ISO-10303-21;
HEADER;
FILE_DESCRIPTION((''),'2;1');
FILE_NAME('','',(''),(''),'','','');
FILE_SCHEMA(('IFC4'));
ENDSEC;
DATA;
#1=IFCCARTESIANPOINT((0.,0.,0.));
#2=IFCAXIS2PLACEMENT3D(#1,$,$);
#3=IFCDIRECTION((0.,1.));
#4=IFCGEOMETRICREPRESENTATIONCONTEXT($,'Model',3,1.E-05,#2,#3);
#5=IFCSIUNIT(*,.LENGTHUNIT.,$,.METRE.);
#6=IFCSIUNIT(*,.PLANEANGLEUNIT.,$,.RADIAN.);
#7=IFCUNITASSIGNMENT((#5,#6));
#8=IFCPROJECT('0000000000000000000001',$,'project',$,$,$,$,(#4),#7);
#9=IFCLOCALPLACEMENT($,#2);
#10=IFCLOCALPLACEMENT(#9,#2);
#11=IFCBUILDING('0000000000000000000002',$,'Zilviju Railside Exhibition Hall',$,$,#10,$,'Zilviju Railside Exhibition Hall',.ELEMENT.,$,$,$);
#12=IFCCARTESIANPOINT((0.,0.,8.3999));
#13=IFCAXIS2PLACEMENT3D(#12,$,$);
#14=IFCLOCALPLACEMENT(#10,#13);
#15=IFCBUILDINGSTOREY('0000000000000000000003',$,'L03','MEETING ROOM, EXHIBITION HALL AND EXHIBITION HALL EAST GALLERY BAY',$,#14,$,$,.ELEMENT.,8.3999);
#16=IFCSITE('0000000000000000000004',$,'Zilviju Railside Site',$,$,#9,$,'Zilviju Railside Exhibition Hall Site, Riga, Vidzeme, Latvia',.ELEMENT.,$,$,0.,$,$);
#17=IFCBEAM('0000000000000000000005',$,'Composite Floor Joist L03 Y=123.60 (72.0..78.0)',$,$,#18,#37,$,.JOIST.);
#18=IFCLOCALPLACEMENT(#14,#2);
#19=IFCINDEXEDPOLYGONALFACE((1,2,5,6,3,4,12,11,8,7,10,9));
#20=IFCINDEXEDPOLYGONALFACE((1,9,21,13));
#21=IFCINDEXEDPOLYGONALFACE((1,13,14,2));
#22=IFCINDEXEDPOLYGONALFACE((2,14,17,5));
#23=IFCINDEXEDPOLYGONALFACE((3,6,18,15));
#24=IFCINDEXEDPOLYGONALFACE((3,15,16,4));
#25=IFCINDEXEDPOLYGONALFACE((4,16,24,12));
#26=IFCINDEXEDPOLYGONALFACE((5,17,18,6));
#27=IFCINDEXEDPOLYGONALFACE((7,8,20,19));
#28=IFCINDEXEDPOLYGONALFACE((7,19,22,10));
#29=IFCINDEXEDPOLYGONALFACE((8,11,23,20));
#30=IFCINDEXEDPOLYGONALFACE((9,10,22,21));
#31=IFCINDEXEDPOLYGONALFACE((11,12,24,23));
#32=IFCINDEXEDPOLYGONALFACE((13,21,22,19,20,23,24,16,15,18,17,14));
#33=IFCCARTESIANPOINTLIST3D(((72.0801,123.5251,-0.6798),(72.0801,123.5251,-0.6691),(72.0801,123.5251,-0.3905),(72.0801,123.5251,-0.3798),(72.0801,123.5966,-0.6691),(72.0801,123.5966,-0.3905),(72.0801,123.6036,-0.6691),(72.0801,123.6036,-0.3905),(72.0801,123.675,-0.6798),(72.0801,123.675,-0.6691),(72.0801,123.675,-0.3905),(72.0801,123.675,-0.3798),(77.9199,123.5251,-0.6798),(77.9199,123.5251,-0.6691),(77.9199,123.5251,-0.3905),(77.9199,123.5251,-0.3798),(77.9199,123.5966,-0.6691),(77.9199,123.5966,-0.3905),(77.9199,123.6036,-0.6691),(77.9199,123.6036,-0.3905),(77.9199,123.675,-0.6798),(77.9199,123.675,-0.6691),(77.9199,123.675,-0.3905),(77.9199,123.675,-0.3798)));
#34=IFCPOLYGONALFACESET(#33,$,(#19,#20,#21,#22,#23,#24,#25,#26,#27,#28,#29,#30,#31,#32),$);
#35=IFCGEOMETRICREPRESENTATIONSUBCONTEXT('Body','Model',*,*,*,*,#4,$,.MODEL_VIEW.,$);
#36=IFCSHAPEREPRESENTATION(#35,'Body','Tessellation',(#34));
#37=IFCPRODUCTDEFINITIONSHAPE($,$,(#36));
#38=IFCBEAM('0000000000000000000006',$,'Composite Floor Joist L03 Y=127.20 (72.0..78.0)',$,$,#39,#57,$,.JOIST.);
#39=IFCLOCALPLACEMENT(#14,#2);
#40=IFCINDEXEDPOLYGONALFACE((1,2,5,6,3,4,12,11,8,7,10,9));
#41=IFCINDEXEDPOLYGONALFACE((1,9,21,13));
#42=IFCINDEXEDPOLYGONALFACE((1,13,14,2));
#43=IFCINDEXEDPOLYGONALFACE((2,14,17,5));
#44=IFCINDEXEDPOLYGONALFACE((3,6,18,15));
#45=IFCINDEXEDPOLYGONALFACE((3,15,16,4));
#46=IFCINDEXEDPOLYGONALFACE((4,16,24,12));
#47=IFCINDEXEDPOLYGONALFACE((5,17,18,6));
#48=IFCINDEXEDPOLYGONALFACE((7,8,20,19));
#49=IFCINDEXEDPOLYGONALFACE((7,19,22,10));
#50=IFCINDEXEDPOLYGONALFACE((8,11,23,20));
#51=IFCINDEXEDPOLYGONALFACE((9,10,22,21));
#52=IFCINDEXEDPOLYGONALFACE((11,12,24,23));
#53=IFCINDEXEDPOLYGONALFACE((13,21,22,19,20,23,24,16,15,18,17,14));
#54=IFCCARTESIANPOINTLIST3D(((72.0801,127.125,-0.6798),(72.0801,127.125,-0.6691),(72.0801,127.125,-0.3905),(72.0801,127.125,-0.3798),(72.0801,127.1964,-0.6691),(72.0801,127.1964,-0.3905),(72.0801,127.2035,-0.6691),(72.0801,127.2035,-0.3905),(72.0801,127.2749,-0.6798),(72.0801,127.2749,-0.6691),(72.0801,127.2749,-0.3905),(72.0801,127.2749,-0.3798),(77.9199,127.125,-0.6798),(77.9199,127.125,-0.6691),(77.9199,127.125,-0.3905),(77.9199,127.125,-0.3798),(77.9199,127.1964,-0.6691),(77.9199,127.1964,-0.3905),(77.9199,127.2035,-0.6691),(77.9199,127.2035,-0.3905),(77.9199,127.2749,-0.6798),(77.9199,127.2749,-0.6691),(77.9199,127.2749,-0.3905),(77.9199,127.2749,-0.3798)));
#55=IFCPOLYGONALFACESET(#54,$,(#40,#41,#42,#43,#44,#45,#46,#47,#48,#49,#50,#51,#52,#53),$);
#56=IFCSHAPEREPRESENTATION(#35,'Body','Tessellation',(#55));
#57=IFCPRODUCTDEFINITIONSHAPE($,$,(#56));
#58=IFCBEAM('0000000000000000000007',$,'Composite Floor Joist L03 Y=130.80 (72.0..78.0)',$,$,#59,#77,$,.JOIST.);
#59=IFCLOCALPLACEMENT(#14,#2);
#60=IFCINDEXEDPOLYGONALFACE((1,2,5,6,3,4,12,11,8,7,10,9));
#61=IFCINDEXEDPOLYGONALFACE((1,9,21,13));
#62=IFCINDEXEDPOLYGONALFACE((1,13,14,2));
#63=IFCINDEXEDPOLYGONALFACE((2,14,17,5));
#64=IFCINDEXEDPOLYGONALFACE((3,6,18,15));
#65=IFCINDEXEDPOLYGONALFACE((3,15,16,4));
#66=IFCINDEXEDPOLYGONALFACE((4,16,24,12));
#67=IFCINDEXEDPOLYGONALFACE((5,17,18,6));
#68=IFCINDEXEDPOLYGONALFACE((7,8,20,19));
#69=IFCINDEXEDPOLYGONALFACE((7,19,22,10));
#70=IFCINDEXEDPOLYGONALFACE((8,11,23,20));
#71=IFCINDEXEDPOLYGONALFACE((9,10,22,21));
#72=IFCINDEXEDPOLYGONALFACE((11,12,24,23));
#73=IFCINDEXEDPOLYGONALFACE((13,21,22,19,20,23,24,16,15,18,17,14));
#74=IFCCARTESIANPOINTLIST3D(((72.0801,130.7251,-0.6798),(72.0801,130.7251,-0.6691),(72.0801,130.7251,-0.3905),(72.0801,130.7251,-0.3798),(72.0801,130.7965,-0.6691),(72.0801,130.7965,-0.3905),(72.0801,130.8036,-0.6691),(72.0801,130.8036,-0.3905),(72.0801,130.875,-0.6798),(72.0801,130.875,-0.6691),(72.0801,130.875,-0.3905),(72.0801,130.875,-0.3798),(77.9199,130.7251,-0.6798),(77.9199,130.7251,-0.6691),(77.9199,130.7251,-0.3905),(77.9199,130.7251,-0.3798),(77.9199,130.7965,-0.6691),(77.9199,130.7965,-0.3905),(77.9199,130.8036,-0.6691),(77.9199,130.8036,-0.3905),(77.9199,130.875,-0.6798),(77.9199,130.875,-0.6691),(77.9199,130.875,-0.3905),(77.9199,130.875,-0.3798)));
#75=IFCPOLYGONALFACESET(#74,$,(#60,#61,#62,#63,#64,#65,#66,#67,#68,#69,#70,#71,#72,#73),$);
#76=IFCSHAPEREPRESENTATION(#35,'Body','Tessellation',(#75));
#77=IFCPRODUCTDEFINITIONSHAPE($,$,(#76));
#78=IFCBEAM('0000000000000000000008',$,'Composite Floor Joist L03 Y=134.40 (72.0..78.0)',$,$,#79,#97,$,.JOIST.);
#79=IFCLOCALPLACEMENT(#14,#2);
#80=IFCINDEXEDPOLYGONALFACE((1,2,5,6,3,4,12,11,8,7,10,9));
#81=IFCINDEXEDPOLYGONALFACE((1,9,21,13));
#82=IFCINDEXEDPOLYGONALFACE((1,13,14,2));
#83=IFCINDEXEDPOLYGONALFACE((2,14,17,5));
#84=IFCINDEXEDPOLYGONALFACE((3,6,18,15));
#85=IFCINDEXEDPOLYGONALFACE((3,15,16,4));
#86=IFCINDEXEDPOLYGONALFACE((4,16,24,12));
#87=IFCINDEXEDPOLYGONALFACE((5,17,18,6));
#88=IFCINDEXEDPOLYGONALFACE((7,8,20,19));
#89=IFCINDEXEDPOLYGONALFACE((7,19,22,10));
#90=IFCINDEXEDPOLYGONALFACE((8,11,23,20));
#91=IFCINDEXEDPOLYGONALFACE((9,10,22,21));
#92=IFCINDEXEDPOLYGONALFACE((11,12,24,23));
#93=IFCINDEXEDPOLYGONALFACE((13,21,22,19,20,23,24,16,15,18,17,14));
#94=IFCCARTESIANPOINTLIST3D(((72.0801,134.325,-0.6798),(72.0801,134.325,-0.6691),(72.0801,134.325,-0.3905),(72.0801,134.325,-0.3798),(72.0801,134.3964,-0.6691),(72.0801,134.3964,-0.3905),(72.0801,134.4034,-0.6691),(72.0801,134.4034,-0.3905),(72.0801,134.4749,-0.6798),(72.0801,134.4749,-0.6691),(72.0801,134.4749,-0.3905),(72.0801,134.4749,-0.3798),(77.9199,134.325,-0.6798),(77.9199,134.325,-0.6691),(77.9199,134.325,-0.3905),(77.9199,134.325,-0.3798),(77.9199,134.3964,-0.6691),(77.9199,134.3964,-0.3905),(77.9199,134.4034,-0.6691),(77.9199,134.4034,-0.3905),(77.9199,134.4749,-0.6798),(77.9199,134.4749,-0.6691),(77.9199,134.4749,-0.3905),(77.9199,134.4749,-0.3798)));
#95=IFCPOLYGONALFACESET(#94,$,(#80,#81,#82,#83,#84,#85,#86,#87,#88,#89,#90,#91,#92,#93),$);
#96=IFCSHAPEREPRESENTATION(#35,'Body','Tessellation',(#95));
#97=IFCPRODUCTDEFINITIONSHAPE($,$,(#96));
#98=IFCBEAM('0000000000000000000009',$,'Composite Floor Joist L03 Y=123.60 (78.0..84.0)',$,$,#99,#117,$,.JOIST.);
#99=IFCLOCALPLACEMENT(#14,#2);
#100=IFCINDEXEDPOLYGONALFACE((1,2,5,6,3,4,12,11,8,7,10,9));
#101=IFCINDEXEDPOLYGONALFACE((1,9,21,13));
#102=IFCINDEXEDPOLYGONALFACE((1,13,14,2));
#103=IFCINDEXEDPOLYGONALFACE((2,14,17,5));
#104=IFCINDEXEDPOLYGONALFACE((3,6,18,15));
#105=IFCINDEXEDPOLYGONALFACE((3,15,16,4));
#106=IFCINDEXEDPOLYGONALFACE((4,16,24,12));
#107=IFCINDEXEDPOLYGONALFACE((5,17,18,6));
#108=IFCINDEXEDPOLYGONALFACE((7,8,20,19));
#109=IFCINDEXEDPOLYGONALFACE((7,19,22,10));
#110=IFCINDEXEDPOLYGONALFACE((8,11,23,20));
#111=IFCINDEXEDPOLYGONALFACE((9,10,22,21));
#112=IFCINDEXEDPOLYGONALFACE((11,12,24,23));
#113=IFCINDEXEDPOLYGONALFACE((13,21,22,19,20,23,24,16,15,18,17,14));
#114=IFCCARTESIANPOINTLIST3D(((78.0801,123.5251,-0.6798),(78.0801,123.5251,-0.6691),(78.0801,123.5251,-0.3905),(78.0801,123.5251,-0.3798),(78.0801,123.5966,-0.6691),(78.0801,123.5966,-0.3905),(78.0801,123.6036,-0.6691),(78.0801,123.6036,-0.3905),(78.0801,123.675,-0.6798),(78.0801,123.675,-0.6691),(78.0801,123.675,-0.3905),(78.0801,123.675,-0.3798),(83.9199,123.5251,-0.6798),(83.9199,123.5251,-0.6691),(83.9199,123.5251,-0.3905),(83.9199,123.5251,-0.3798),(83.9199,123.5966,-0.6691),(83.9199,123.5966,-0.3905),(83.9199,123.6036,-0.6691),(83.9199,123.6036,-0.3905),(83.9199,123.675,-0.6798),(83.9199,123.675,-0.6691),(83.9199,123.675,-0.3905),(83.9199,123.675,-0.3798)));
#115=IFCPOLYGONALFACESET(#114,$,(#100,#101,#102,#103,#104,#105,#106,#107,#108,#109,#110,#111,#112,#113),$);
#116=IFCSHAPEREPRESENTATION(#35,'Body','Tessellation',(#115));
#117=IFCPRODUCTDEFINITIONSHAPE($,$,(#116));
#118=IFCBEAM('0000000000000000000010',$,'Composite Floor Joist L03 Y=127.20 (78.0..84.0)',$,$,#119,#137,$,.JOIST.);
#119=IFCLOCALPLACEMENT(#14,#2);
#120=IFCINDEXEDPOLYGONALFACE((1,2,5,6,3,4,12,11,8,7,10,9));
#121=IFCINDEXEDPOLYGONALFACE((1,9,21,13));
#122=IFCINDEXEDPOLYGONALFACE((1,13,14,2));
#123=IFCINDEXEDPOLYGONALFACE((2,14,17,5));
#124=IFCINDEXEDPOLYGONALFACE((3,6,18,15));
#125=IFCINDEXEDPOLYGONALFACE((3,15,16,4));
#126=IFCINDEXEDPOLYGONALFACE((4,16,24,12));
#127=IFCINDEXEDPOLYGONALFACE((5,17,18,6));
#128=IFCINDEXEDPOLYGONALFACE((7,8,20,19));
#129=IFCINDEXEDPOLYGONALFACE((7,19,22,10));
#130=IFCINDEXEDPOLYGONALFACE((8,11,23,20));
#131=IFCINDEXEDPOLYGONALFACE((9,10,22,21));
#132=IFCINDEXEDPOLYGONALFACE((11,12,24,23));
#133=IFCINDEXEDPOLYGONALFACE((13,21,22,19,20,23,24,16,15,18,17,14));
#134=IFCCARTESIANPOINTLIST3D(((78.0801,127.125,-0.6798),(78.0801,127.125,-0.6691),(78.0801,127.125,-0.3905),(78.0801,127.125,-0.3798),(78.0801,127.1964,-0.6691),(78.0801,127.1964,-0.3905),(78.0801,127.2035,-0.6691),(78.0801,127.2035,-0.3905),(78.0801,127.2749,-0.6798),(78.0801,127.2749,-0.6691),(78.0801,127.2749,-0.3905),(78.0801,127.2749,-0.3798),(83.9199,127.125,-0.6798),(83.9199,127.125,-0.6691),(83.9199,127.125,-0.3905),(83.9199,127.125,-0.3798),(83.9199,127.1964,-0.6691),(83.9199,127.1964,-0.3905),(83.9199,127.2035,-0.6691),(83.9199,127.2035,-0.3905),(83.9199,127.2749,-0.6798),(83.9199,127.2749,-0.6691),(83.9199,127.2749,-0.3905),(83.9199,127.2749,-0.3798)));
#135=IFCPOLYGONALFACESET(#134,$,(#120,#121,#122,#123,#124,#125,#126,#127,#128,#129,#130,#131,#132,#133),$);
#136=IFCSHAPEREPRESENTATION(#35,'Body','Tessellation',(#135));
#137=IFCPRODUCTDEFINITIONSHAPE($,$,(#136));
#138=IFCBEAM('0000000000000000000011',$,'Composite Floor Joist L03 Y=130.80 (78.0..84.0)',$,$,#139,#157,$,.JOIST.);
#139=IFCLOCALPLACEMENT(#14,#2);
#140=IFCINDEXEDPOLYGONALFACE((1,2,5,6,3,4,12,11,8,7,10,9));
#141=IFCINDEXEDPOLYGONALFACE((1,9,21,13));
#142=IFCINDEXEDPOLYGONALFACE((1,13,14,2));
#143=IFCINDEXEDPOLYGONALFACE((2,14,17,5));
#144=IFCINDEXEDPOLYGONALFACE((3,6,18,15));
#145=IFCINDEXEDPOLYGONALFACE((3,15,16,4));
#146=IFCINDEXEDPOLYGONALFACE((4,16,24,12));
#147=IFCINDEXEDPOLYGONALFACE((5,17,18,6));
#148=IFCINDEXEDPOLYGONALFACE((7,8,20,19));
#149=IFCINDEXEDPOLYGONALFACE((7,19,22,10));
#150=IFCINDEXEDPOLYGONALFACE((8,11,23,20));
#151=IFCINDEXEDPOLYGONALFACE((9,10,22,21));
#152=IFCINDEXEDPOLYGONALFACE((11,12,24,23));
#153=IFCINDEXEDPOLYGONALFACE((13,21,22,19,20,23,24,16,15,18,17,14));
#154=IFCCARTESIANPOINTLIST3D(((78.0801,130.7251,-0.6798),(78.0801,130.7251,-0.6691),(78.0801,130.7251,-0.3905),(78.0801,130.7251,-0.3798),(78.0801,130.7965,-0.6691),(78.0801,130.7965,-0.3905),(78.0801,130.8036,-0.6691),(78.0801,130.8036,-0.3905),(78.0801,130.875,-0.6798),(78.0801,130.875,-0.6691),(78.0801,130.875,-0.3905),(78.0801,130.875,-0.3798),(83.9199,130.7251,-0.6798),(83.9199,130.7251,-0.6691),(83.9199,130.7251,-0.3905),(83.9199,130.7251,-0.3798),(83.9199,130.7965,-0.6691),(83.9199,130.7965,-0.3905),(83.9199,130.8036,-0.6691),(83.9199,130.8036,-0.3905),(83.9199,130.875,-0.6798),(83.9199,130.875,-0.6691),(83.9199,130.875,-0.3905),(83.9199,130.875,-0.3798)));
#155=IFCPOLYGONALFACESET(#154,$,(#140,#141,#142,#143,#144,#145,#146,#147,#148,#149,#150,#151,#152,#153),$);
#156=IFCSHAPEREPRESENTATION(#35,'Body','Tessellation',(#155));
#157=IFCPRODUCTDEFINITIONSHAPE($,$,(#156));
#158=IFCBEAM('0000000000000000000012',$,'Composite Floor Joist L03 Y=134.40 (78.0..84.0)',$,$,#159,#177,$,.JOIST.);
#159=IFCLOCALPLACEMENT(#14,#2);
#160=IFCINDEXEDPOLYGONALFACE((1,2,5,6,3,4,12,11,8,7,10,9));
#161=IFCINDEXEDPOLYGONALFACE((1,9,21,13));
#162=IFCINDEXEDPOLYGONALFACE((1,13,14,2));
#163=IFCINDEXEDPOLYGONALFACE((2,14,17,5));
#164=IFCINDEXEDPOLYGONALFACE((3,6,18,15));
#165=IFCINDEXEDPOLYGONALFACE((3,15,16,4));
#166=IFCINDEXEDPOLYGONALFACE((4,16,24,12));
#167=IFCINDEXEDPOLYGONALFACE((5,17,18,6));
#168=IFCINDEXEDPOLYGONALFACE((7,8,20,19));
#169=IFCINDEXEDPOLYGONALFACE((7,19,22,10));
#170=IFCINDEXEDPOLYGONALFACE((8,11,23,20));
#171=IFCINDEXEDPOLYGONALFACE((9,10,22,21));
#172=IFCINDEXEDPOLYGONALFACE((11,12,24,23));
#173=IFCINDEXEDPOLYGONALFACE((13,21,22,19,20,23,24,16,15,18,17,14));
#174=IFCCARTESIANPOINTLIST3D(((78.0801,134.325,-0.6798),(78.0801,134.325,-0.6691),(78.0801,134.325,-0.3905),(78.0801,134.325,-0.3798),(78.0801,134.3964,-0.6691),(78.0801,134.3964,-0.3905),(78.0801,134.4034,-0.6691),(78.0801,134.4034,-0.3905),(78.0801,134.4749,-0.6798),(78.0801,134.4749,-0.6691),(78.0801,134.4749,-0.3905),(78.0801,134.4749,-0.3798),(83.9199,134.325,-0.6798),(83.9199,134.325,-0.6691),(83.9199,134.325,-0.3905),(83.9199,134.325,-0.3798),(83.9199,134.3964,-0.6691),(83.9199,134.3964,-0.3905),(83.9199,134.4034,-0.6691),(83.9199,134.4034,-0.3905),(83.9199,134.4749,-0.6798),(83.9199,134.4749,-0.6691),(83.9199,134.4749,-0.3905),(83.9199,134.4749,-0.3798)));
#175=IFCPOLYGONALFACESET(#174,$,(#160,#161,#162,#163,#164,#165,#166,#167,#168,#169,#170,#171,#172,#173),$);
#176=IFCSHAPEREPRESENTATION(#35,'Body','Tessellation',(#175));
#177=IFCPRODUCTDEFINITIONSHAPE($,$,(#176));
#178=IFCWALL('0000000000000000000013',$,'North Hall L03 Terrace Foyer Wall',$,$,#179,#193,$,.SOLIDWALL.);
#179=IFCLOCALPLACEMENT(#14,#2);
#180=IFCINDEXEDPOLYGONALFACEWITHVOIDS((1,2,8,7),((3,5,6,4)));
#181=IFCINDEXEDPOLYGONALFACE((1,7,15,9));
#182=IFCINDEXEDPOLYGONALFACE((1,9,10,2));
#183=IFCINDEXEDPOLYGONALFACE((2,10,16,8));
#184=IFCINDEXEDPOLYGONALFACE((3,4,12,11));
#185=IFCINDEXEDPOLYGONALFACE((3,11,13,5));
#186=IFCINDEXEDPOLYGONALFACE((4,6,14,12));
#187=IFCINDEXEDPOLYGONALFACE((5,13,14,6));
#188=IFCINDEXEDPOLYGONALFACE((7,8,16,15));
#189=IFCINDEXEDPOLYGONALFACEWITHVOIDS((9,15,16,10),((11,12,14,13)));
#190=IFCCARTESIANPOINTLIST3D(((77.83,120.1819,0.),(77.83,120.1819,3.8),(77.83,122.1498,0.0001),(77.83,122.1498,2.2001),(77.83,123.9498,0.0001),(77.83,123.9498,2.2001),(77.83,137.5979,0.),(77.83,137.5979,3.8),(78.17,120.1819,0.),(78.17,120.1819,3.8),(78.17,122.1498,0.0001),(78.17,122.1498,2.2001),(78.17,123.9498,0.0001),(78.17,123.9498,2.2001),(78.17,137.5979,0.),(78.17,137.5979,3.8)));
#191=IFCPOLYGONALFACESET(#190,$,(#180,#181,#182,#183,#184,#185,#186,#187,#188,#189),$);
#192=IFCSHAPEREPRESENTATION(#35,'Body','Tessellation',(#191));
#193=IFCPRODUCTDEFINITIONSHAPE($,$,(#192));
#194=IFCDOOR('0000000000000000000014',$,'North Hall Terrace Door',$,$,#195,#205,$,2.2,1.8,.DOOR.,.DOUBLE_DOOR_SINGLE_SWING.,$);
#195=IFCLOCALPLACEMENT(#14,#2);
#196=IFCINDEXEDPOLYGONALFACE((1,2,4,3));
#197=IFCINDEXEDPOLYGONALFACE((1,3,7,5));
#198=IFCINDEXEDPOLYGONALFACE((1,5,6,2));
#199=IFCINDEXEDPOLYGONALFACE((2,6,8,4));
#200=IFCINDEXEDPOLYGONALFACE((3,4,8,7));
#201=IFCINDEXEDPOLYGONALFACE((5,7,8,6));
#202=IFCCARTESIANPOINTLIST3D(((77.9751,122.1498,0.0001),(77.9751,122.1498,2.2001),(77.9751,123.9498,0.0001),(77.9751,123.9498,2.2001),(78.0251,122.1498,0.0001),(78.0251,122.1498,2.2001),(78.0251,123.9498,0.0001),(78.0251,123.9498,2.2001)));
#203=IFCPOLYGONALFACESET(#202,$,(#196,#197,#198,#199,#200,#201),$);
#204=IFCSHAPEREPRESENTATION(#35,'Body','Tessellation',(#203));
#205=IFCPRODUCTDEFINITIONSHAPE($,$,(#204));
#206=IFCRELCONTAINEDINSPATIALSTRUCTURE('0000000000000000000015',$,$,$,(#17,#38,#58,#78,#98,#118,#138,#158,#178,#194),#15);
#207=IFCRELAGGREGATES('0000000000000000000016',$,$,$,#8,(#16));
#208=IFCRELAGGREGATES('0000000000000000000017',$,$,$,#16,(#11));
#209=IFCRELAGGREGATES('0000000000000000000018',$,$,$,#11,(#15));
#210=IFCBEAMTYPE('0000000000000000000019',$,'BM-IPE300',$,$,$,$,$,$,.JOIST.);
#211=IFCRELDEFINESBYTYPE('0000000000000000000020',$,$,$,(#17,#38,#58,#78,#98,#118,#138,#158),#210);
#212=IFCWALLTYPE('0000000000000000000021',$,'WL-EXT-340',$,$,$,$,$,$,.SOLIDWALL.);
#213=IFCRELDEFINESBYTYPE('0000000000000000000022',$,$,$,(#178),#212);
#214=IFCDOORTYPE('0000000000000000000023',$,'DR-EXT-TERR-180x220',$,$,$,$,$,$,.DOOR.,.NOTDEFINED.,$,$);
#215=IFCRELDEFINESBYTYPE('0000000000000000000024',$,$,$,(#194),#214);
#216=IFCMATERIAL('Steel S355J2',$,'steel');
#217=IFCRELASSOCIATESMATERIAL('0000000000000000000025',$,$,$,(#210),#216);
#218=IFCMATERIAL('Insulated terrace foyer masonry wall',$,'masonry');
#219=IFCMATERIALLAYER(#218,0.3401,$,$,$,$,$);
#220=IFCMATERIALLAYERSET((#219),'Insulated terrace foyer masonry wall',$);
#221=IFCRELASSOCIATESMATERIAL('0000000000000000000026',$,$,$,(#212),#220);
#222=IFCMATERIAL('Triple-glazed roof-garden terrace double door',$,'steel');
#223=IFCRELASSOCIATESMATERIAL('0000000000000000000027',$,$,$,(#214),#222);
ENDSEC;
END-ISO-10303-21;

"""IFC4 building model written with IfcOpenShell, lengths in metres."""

from ifc_helpers import new_model, si_unit, direction, frame, frame_2d, origin, origin_2d, place, context, subcontext, project, spatial, rectangle, i_section, extrude, material, layer, layer_set, material_profile, profile_set, type_object, element, fill, save


model = new_model("IFC4")

# Units and contexts
model_context = context("Model", 3, precision=1e-05, world=origin(), true_north=direction((0.0, 1.0)))
body_context = subcontext(model_context, "Body", "Model", "MODEL_VIEW")
ifc_project = project(units=[si_unit("LENGTHUNIT", "METRE"), si_unit("PLANEANGLEUNIT", "RADIAN")], contexts=[model_context])

# Site, building, storey
site_placement = place(None, origin())
site = spatial("IfcSite", under=ifc_project, at=site_placement, Name="Zilviju Railside Site", LongName="Zilviju Railside Exhibition Hall Site, Riga, Vidzeme, Latvia", CompositionType="ELEMENT", RefElevation=0.0)
building_placement = place(site_placement, origin())
building = spatial("IfcBuilding", under=site, at=building_placement, Name="Zilviju Railside Exhibition Hall", LongName="Zilviju Railside Exhibition Hall", CompositionType="ELEMENT")
storey_placement = place(building_placement, frame((0.0, 0.0, 8.3999)))
storey = spatial("IfcBuildingStorey", under=building, at=storey_placement, Name="L03", Description="MEETING ROOM, EXHIBITION HALL AND EXHIBITION HALL EAST GALLERY BAY", CompositionType="ELEMENT", Elevation=8.3999)

# Shared definitions
ifc_material_1 = material(Name="Steel S355J2", Category="steel")

# Beams
ifc_material_profile_1 = material_profile(ifc_material_1, i_section(OverallWidth=0.1499, OverallDepth=0.3, WebThickness=0.0071, FlangeThickness=0.0107, at=origin_2d()), Name="IPE 300")
ifc_profile_set_1 = profile_set([ifc_material_profile_1], Name="Steel S355J2")
beam_type_1 = type_object("IfcBeamType", Name="BM-IPE300", PredefinedType="JOIST", material=ifc_profile_set_1)
for number, where, z_axis, x_axis, name in (
    (1, (72.0801, 123.6001, -0.5298), (1.0, 0.0, 0.0), (0.0, 1.0, 0.0), "Composite Floor Joist L03 Y=123.60 (72.0..78.0)"),
    (2, (72.0801, 127.2, -0.5298), (1.0, 0.0, 0.0), (0.0, 1.0, 0.0), "Composite Floor Joist L03 Y=127.20 (72.0..78.0)"),
    (3, (72.0801, 130.8, -0.5298), (1.0, 0.0, 0.0), (0.0, 1.0, 0.0), "Composite Floor Joist L03 Y=130.80 (72.0..78.0)"),
    (4, (72.0801, 134.3999, -0.5298), (1.0, 0.0, 0.0), (0.0, 1.0, 0.0), "Composite Floor Joist L03 Y=134.40 (72.0..78.0)"),
    (5, (78.0801, 123.6001, -0.5298), (1.0, 0.0, 0.0), (0.0, 1.0, 0.0), "Composite Floor Joist L03 Y=123.60 (78.0..84.0)"),
    (6, (78.0801, 127.2, -0.5298), (1.0, 0.0, 0.0), (0.0, 1.0, 0.0), "Composite Floor Joist L03 Y=127.20 (78.0..84.0)"),
    (7, (78.0801, 130.8, -0.5298), (1.0, 0.0, 0.0), (0.0, 1.0, 0.0), "Composite Floor Joist L03 Y=130.80 (78.0..84.0)"),
    (8, (78.0801, 134.3999, -0.5298), (1.0, 0.0, 0.0), (0.0, 1.0, 0.0), "Composite Floor Joist L03 Y=134.40 (78.0..84.0)"),
):
    element("IfcBeam", number, at=place(storey_placement, frame(where, z_axis=z_axis, x_axis=x_axis)), inside=storey, type_object=beam_type_1, Name=name, PredefinedType="JOIST", context=body_context, shape_type="SweptSolid", body=[
        extrude(i_section(OverallWidth=0.1499, OverallDepth=0.3, WebThickness=0.0071, FlangeThickness=0.0107, at=origin_2d()), origin(), (0.0, 0.0, 1.0), 5.8398),
    ])

# Wall, opening, door
ifc_material_2 = material(Name="Insulated terrace foyer masonry wall", Category="masonry")
ifc_layer_1 = layer(ifc_material_2, 0.3401)
ifc_layer_set_1 = layer_set([ifc_layer_1], Name="Insulated terrace foyer masonry wall")
wall_type_1 = type_object("IfcWallType", Name="WL-EXT-340", PredefinedType="SOLIDWALL", material=ifc_layer_set_1)
wall_1_placement = place(storey_placement, frame((78.0, 120.1819, 0.0), z_axis=(0.0, 0.0, 1.0), x_axis=(0.0, 1.0, 0.0)))
wall_1 = element("IfcWall", 9, at=wall_1_placement, inside=storey, type_object=wall_type_1, Name="North Hall L03 Terrace Foyer Wall", PredefinedType="SOLIDWALL", context=body_context, shape_type="SweptSolid", body=[
    extrude(rectangle(XDim=17.416, YDim=0.3401, at=frame_2d((8.708, 0.0))), origin(), (0.0, 0.0, 1.0), 3.8),
])
opening_1_placement = place(wall_1_placement, frame((1.968, 0.0, 0.0)))
opening_1 = element("IfcOpeningElement", 10, at=opening_1_placement, cuts=wall_1, PredefinedType="OPENING", context=body_context, shape_type="SweptSolid", body=[
    extrude(rectangle(XDim=1.8, YDim=2.2, at=frame_2d((0.8999, 1.1001))), frame((0.0, 0.1799, 0.0), z_axis=(0.0, -1.0, 0.0), x_axis=(1.0, 0.0, 0.0)), (0.0, 0.0, 1.0), 0.3601),
])
ifc_material_3 = material(Name="Triple-glazed roof-garden terrace double door", Category="steel")
door_type = type_object("IfcDoorType", Name="DR-EXT-TERR-180x220", OperationType="NOTDEFINED", PredefinedType="DOOR", material=ifc_material_3)
door_placement = place(opening_1_placement, origin())
door = element("IfcDoor", 11, at=door_placement, inside=storey, type_object=door_type, Name="North Hall Terrace Door", OperationType="DOUBLE_DOOR_SINGLE_SWING", OverallHeight=2.2, OverallWidth=1.8, PredefinedType="DOOR", context=body_context, shape_type="SweptSolid", body=[
    extrude(rectangle(XDim=1.8, YDim=2.2, at=frame_2d((0.8999, 1.1001))), frame((0.0, 0.0249, 0.0), z_axis=(0.0, -1.0, 0.0), x_axis=(1.0, 0.0, 0.0)), (0.0, 0.0, 1.0), 0.05),
])
fill(opening_1, door)

save(model, "model.ifc")
